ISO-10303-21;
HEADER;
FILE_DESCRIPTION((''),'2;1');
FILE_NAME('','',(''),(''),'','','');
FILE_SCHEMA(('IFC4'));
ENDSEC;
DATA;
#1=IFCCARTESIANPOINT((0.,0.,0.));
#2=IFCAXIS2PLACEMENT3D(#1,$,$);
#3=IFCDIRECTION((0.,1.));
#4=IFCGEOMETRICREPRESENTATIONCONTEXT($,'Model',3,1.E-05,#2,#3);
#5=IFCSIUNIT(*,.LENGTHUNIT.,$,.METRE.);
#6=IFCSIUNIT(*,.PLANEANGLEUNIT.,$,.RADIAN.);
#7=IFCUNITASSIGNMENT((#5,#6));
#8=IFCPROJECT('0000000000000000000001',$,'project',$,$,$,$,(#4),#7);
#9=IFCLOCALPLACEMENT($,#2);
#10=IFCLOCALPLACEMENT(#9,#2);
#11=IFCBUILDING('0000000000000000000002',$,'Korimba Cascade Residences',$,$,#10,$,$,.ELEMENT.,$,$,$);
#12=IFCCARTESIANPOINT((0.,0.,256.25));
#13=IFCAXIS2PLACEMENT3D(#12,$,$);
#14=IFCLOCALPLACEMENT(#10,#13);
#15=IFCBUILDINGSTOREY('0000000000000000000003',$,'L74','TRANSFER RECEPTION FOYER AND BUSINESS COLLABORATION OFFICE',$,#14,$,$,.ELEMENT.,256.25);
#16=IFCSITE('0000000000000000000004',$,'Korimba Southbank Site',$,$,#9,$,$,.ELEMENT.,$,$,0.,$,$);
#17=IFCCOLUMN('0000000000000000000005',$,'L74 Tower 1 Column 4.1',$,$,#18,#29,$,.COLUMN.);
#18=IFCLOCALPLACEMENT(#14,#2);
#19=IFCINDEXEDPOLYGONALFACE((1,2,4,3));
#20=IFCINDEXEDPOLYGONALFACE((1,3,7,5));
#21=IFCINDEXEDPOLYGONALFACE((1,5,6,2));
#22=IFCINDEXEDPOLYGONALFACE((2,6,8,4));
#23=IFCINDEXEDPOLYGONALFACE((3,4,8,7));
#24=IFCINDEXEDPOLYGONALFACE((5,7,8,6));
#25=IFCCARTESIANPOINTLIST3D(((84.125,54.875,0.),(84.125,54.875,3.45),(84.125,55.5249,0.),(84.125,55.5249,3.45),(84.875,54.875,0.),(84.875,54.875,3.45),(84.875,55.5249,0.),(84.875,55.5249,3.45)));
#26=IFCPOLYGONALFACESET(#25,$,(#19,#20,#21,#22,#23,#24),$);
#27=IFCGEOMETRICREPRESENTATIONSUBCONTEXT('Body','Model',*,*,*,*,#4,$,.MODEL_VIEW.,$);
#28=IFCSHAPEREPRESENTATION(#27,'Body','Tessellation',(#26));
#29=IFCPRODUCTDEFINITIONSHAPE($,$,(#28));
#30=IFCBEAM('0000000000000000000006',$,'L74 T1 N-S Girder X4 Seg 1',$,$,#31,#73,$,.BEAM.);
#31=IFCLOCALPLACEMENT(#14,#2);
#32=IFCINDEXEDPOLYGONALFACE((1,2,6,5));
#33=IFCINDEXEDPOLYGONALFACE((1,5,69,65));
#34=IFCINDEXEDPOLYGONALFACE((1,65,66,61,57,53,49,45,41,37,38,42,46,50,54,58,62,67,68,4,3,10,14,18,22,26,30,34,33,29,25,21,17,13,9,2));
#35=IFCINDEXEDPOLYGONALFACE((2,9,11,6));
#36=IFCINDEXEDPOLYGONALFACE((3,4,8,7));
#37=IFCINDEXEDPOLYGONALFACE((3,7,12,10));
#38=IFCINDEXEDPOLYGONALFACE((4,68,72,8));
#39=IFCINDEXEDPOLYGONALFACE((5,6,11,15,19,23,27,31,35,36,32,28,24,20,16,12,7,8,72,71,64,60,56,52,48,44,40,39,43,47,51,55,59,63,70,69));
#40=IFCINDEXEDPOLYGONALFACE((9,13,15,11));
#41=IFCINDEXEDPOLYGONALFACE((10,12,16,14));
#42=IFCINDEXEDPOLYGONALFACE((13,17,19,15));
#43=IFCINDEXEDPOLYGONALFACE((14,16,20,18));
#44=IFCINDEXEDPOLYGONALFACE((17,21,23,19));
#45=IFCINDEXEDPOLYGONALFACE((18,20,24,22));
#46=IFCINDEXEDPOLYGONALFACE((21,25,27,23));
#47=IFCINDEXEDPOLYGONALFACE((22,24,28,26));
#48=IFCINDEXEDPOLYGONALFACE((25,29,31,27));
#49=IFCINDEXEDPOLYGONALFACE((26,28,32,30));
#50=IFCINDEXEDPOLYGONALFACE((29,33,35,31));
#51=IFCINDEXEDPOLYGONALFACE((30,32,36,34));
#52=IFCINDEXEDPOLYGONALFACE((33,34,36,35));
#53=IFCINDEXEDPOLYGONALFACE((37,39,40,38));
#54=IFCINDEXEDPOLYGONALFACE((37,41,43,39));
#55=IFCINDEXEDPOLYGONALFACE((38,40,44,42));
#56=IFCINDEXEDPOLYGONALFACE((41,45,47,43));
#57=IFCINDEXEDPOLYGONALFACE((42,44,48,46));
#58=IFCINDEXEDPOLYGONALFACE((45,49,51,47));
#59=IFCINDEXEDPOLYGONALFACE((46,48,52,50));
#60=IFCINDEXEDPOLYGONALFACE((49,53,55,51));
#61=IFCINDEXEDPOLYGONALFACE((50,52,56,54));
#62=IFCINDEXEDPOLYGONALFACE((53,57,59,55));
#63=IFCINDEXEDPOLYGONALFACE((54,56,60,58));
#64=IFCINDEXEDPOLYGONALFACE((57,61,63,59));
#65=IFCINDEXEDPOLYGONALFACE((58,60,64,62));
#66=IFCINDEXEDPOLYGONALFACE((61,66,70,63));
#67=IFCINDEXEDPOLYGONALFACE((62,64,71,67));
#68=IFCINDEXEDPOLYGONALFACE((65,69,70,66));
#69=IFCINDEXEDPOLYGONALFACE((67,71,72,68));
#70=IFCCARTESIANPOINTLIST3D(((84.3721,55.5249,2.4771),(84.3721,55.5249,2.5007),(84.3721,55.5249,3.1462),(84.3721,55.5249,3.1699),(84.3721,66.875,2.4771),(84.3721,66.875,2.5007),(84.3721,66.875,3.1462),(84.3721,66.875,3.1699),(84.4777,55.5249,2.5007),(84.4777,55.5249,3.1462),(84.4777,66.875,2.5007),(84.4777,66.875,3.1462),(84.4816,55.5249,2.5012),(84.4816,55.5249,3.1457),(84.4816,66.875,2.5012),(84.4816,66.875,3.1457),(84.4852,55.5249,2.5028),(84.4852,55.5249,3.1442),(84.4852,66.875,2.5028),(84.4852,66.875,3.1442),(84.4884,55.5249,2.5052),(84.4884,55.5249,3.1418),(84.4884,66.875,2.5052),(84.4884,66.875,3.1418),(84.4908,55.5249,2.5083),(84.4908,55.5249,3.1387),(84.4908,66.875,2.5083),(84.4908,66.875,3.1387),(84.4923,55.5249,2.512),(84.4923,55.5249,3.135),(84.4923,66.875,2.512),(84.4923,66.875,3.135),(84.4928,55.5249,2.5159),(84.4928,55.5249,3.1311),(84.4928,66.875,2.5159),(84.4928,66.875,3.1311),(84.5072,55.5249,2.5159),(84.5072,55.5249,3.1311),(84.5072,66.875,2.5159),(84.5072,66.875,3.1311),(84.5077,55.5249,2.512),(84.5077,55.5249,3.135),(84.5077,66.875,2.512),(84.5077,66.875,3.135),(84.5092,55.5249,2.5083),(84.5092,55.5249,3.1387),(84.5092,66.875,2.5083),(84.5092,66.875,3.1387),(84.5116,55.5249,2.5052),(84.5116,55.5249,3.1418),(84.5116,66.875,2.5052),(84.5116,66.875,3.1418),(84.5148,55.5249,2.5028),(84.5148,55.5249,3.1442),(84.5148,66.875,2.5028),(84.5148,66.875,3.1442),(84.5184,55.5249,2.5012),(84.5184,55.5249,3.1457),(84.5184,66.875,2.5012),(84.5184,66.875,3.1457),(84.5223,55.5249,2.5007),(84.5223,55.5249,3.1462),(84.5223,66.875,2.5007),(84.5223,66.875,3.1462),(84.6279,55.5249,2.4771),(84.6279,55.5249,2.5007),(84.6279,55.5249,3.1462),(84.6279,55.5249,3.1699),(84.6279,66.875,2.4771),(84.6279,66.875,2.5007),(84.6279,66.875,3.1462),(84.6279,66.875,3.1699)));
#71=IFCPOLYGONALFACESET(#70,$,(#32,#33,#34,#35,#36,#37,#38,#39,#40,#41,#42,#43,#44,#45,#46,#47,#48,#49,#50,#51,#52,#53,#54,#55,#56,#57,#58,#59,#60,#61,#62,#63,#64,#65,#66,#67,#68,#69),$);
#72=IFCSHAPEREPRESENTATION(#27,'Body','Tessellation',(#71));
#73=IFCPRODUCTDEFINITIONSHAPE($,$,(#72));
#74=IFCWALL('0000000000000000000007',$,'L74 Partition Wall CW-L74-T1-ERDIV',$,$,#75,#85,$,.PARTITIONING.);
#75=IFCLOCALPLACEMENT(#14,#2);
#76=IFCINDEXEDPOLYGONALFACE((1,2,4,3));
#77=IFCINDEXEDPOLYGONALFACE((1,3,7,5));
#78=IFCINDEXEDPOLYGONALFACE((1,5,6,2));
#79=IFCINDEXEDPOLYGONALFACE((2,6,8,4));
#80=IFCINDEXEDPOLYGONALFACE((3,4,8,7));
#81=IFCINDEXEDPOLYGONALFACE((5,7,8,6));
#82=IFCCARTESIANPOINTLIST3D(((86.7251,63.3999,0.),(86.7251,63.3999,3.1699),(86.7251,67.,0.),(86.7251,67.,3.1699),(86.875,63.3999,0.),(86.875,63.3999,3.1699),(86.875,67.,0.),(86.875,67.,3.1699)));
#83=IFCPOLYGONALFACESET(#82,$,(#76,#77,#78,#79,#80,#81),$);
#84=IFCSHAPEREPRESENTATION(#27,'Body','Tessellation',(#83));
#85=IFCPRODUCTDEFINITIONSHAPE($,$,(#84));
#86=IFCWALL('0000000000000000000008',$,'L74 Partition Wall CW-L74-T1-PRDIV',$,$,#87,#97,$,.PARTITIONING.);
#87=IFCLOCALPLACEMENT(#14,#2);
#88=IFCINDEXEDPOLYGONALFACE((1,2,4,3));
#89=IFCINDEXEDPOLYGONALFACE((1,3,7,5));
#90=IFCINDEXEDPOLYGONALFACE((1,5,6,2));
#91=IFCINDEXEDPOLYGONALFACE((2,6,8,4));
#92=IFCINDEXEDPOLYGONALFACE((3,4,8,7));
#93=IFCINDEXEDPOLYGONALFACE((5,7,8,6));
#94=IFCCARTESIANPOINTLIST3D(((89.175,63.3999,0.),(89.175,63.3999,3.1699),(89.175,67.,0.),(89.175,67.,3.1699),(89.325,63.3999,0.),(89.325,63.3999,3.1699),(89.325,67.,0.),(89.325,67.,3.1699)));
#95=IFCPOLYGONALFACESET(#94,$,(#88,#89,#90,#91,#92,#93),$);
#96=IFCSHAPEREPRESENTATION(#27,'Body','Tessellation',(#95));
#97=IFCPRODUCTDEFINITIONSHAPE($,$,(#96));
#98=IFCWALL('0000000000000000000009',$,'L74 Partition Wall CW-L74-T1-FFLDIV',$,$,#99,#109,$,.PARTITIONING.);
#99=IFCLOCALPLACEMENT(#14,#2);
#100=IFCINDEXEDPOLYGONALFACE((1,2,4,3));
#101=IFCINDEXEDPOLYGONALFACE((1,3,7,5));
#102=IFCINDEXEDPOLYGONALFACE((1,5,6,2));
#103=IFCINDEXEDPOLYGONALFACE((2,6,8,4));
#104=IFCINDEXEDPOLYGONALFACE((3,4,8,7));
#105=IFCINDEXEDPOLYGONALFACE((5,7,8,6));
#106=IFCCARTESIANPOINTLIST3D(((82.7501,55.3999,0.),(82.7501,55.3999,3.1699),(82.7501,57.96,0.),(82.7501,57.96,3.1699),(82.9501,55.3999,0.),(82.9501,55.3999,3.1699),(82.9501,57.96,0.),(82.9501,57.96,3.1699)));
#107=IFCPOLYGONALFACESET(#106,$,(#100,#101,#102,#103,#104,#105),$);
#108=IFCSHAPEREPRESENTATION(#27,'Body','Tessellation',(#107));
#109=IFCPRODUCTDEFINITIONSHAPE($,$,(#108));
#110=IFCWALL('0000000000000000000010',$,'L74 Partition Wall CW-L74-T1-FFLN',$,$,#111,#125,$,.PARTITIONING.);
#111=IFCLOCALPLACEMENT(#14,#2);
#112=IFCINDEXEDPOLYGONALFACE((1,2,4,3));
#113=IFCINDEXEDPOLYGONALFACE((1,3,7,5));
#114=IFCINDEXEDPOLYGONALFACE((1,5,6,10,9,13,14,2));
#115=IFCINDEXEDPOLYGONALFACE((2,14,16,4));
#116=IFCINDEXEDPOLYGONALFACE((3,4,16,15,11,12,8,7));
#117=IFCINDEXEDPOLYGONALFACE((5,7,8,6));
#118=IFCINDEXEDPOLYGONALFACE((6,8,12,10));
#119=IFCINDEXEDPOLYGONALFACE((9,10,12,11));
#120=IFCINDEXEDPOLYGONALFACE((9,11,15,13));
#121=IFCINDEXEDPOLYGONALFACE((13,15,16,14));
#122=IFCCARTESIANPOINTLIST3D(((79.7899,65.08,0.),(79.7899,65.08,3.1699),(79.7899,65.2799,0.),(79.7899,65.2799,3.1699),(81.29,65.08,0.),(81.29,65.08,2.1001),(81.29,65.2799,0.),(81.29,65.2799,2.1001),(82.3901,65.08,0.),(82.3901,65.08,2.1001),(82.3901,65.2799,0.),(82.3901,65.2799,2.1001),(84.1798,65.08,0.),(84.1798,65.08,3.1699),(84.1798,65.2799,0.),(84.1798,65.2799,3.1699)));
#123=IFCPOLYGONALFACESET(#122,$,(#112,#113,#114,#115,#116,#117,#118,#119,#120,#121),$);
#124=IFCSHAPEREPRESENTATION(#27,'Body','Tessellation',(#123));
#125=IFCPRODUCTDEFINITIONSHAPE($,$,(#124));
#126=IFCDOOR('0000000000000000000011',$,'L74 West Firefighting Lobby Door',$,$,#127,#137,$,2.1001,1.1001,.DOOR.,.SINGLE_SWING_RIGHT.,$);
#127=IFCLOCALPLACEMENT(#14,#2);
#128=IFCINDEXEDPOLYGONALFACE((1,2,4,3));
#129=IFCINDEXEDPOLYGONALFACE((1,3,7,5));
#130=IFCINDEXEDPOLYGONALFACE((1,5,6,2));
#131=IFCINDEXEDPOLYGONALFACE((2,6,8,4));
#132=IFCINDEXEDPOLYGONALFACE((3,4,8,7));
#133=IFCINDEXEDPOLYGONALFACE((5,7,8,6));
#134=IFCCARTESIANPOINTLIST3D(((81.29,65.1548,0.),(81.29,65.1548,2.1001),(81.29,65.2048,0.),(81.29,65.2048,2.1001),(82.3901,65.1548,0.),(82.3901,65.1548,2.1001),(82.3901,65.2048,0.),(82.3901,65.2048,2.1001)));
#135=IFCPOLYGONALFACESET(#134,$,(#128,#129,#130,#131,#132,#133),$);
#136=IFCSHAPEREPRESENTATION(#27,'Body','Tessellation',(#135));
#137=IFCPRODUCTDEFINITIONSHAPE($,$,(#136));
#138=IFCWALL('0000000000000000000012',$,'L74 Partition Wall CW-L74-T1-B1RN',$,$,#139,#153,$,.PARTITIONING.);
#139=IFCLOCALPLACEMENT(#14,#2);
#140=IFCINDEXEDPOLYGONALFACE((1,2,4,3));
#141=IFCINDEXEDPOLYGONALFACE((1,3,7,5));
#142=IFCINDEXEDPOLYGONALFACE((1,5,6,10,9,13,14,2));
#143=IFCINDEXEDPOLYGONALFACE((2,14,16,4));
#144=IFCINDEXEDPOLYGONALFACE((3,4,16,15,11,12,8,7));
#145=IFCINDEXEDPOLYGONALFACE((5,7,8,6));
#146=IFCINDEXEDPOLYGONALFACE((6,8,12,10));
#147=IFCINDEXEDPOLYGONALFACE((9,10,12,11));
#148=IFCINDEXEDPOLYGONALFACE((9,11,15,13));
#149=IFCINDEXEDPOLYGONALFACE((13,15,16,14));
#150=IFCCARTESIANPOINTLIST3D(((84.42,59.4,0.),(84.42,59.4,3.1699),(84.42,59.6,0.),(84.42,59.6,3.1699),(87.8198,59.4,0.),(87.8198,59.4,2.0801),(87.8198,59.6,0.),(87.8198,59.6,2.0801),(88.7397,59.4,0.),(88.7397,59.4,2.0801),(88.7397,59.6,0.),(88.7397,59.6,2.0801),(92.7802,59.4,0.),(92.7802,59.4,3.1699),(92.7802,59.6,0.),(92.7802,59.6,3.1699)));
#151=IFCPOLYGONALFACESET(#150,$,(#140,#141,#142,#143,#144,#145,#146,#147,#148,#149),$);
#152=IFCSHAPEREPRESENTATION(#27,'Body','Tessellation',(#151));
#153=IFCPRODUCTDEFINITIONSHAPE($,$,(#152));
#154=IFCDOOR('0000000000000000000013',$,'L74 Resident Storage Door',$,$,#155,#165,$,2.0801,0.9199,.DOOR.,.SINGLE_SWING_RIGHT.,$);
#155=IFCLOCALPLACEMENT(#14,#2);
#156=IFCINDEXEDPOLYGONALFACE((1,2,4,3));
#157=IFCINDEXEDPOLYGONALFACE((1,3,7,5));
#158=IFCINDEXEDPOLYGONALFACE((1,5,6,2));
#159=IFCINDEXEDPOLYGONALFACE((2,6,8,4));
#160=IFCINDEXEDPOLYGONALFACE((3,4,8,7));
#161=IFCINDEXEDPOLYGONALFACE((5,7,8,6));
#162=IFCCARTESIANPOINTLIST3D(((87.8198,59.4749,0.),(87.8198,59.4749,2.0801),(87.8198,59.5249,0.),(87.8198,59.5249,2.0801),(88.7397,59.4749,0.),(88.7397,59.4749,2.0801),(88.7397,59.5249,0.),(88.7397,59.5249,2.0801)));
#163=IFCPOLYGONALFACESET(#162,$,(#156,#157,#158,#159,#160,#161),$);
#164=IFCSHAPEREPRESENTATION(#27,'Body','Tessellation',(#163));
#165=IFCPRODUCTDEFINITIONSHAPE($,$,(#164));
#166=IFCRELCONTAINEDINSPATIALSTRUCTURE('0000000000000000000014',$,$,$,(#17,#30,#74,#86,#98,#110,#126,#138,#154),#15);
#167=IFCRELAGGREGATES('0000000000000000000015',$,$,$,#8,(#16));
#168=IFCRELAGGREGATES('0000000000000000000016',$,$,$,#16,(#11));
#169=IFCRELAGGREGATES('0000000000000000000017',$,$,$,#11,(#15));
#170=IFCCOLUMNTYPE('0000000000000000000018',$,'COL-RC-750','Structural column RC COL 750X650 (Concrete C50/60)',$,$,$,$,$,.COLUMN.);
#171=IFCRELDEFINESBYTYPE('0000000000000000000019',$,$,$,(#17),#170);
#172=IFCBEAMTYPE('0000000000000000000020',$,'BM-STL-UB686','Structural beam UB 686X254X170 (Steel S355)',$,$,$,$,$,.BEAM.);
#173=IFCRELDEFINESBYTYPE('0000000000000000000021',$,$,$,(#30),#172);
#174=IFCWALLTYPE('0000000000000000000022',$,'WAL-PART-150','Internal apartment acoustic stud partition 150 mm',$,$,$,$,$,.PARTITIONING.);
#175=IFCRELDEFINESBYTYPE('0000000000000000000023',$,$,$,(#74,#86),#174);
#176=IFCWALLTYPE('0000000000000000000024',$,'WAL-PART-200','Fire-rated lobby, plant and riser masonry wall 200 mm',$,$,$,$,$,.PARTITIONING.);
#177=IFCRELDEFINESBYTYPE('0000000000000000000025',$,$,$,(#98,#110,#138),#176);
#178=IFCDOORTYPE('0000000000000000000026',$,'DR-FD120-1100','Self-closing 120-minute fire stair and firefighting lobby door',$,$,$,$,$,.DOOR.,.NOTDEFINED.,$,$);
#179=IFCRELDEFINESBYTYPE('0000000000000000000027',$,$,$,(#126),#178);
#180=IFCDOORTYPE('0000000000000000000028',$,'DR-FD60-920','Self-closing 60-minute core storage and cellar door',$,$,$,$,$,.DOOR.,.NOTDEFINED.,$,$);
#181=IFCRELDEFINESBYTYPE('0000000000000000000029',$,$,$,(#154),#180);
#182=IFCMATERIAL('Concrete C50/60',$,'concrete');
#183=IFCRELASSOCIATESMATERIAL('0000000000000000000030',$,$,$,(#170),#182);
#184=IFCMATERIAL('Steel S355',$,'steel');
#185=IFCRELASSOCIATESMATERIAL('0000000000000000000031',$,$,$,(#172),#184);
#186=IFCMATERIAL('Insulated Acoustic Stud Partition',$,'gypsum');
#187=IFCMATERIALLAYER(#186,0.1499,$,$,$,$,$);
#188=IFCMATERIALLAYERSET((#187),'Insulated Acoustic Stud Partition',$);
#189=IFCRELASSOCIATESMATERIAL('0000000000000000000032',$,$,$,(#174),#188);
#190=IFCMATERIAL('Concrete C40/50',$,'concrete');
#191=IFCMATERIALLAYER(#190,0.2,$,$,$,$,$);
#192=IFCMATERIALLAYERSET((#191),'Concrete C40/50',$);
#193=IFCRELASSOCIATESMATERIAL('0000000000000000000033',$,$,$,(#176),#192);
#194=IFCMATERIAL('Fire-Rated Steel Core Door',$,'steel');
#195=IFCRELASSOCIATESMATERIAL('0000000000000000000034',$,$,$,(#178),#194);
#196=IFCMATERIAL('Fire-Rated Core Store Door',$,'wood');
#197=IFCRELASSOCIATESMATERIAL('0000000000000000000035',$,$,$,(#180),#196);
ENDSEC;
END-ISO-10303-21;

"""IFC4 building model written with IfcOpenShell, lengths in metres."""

from ifc_helpers import new_model, si_unit, direction, frame, frame_2d, origin, origin_2d, place, context, subcontext, project, spatial, rectangle, i_section, extrude, material, layer, layer_set, material_profile, profile_set, type_object, element, fill, save


model = new_model("IFC4")

# Units and contexts
model_context = context("Model", 3, precision=1e-05, world=origin(), true_north=direction((0.0, 1.0)))
body_context = subcontext(model_context, "Body", "Model", "MODEL_VIEW")
ifc_project = project(units=[si_unit("LENGTHUNIT", "METRE"), si_unit("PLANEANGLEUNIT", "RADIAN")], contexts=[model_context])

# Site, building, storey
site_placement = place(None, origin())
site = spatial("IfcSite", under=ifc_project, at=site_placement, Name="Korimba Southbank Site", CompositionType="ELEMENT", RefElevation=0.0)
building_placement = place(site_placement, origin())
building = spatial("IfcBuilding", under=site, at=building_placement, Name="Korimba Cascade Residences", CompositionType="ELEMENT")
storey_placement = place(building_placement, frame((0.0, 0.0, 256.25)))
storey = spatial("IfcBuildingStorey", under=building, at=storey_placement, Name="L74", Description="TRANSFER RECEPTION FOYER AND BUSINESS COLLABORATION OFFICE", CompositionType="ELEMENT", Elevation=256.25)

# Column
ifc_material_1 = material(Name="Concrete C50/60", Category="concrete")
ifc_material_profile_1 = material_profile(ifc_material_1, rectangle(XDim=0.75, YDim=0.6499, at=origin_2d()), Name="Concrete C50/60")
ifc_profile_set_1 = profile_set([ifc_material_profile_1], Name="Concrete C50/60")
column_type = type_object("IfcColumnType", Name="COL-RC-750", Description="Structural column RC COL 750X650 (Concrete C50/60)", PredefinedType="COLUMN", material=ifc_profile_set_1)
column_placement = place(storey_placement, frame((84.5, 55.2, 0.0), z_axis=(0.0, 0.0, 1.0), x_axis=(1.0, 0.0, 0.0)))
element("IfcColumn", 1, at=column_placement, inside=storey, type_object=column_type, Name="L74 Tower 1 Column 4.1", PredefinedType="COLUMN", context=body_context, shape_type="SweptSolid", body=[
    extrude(rectangle(XDim=0.75, YDim=0.6499, at=origin_2d()), origin(), (0.0, 0.0, 1.0), 3.45),
])

# Beam
ifc_material_2 = material(Name="Steel S355", Category="steel")
ifc_material_profile_2 = material_profile(ifc_material_2, i_section(OverallWidth=0.2559, OverallDepth=0.6929, WebThickness=0.0144, FlangeThickness=0.0237, FilletRadius=0.0151, at=origin_2d()), Name="Steel S355")
ifc_profile_set_2 = profile_set([ifc_material_profile_2], Name="Steel S355")
beam_type = type_object("IfcBeamType", Name="BM-STL-UB686", Description="Structural beam UB 686X254X170 (Steel S355)", PredefinedType="BEAM", material=ifc_profile_set_2)
beam_placement = place(storey_placement, frame((84.5, 55.5249, 2.8235), z_axis=(0.0, 1.0, 0.0), x_axis=(-1.0, 0.0, 0.0)))
element("IfcBeam", 2, at=beam_placement, inside=storey, type_object=beam_type, Name="L74 T1 N-S Girder X4 Seg 1", PredefinedType="BEAM", context=body_context, shape_type="SweptSolid", body=[
    extrude(i_section(OverallWidth=0.2559, OverallDepth=0.6929, WebThickness=0.0144, FlangeThickness=0.0237, FilletRadius=0.0151, at=origin_2d()), origin(), (0.0, 0.0, 1.0), 11.3501),
])

# Walls
ifc_material_3 = material(Name="Insulated Acoustic Stud Partition", Category="gypsum")
ifc_layer_1 = layer(ifc_material_3, 0.1499)
ifc_layer_set_1 = layer_set([ifc_layer_1], Name="Insulated Acoustic Stud Partition")
wall_type_1 = type_object("IfcWallType", Name="WAL-PART-150", Description="Internal apartment acoustic stud partition 150 mm", PredefinedType="PARTITIONING", material=ifc_layer_set_1)
for number, where, z_axis, x_axis, name in (
    (3, (86.8, 63.3999, 0.0), (0.0, 0.0, 1.0), (0.0, 1.0, 0.0), "L74 Partition Wall CW-L74-T1-ERDIV"),
    (4, (89.25, 63.3999, 0.0), (0.0, 0.0, 1.0), (0.0, 1.0, 0.0), "L74 Partition Wall CW-L74-T1-PRDIV"),
):
    element("IfcWall", number, at=place(storey_placement, frame(where, z_axis=z_axis, x_axis=x_axis)), inside=storey, type_object=wall_type_1, Name=name, PredefinedType="PARTITIONING", context=body_context, shape_type="SweptSolid", body=[
        extrude(rectangle(XDim=3.6001, YDim=0.1499, at=frame_2d((1.8, 0.0))), origin(), (0.0, 0.0, 1.0), 3.1699),
    ])
ifc_material_4 = material(Name="Concrete C40/50", Category="concrete")
ifc_layer_2 = layer(ifc_material_4, 0.2)
ifc_layer_set_2 = layer_set([ifc_layer_2], Name="Concrete C40/50")
wall_type_2 = type_object("IfcWallType", Name="WAL-PART-200", Description="Fire-rated lobby, plant and riser masonry wall 200 mm", PredefinedType="PARTITIONING", material=ifc_layer_set_2)
wall_1_placement = place(storey_placement, frame((82.8501, 55.3999, 0.0), z_axis=(0.0, 0.0, 1.0), x_axis=(0.0, 1.0, 0.0)))
element("IfcWall", 5, at=wall_1_placement, inside=storey, type_object=wall_type_2, Name="L74 Partition Wall CW-L74-T1-FFLDIV", PredefinedType="PARTITIONING", context=body_context, shape_type="SweptSolid", body=[
    extrude(rectangle(XDim=2.5601, YDim=0.2, at=frame_2d((1.28, 0.0))), origin(), (0.0, 0.0, 1.0), 3.1699),
])

# Walls, openings, doors
wall_2_placement = place(storey_placement, frame((79.79, 65.1799, 0.0), z_axis=(0.0, 0.0, 1.0), x_axis=(1.0, 0.0, 0.0)))
wall_2 = element("IfcWall", 6, at=wall_2_placement, inside=storey, type_object=wall_type_2, Name="L74 Partition Wall CW-L74-T1-FFLN", PredefinedType="PARTITIONING", context=body_context, shape_type="SweptSolid", body=[
    extrude(rectangle(XDim=4.3899, YDim=0.2, at=frame_2d((2.1948, 0.0))), origin(), (0.0, 0.0, 1.0), 3.1699),
])
opening_1_placement = place(wall_2_placement, frame((1.5, 0.0, 0.0)))
opening_1 = element("IfcOpeningElement", 7, at=opening_1_placement, cuts=wall_2, PredefinedType="OPENING", context=body_context, shape_type="SweptSolid", body=[
    extrude(rectangle(XDim=1.1001, YDim=2.1001, at=frame_2d((0.55, 1.05))), frame((0.0, 0.1099, 0.0), z_axis=(0.0, -1.0, 0.0), x_axis=(1.0, 0.0, 0.0)), (0.0, 0.0, 1.0), 0.22),
])
ifc_material_5 = material(Name="Fire-Rated Steel Core Door", Category="steel")
door_type_1 = type_object("IfcDoorType", Name="DR-FD120-1100", Description="Self-closing 120-minute fire stair and firefighting lobby door", OperationType="NOTDEFINED", PredefinedType="DOOR", material=ifc_material_5)
door_1_placement = place(opening_1_placement, origin())
door_1 = element("IfcDoor", 8, at=door_1_placement, inside=storey, type_object=door_type_1, Name="L74 West Firefighting Lobby Door", OperationType="SINGLE_SWING_RIGHT", OverallHeight=2.1001, OverallWidth=1.1001, PredefinedType="DOOR", context=body_context, shape_type="SweptSolid", body=[
    extrude(rectangle(XDim=1.1001, YDim=2.1001, at=frame_2d((0.55, 1.05))), frame((0.0, 0.0249, 0.0), z_axis=(0.0, -1.0, 0.0), x_axis=(1.0, 0.0, 0.0)), (0.0, 0.0, 1.0), 0.05),
])
fill(opening_1, door_1)
wall_3_placement = place(storey_placement, frame((84.4199, 59.5, 0.0), z_axis=(0.0, 0.0, 1.0), x_axis=(1.0, 0.0, 0.0)))
wall_3 = element("IfcWall", 9, at=wall_3_placement, inside=storey, type_object=wall_type_2, Name="L74 Partition Wall CW-L74-T1-B1RN", PredefinedType="PARTITIONING", context=body_context, shape_type="SweptSolid", body=[
    extrude(rectangle(XDim=8.3601, YDim=0.2, at=frame_2d((4.1802, 0.0))), origin(), (0.0, 0.0, 1.0), 3.1699),
])
opening_2_placement = place(wall_3_placement, frame((3.3999, 0.0, 0.0)))
opening_2 = element("IfcOpeningElement", 10, at=opening_2_placement, cuts=wall_3, PredefinedType="OPENING", context=body_context, shape_type="SweptSolid", body=[
    extrude(rectangle(XDim=0.9199, YDim=2.0801, at=frame_2d((0.46, 1.04))), frame((0.0, 0.1099, 0.0), z_axis=(0.0, -1.0, 0.0), x_axis=(1.0, 0.0, 0.0)), (0.0, 0.0, 1.0), 0.22),
])
ifc_material_6 = material(Name="Fire-Rated Core Store Door", Category="wood")
door_type_2 = type_object("IfcDoorType", Name="DR-FD60-920", Description="Self-closing 60-minute core storage and cellar door", OperationType="NOTDEFINED", PredefinedType="DOOR", material=ifc_material_6)
door_2_placement = place(opening_2_placement, origin())
door_2 = element("IfcDoor", 11, at=door_2_placement, inside=storey, type_object=door_type_2, Name="L74 Resident Storage Door", OperationType="SINGLE_SWING_RIGHT", OverallHeight=2.0801, OverallWidth=0.9199, PredefinedType="DOOR", context=body_context, shape_type="SweptSolid", body=[
    extrude(rectangle(XDim=0.9199, YDim=2.0801, at=frame_2d((0.46, 1.04))), frame((0.0, 0.0249, 0.0), z_axis=(0.0, -1.0, 0.0), x_axis=(1.0, 0.0, 0.0)), (0.0, 0.0, 1.0), 0.05),
])
fill(opening_2, door_2)

save(model, "model.ifc")
